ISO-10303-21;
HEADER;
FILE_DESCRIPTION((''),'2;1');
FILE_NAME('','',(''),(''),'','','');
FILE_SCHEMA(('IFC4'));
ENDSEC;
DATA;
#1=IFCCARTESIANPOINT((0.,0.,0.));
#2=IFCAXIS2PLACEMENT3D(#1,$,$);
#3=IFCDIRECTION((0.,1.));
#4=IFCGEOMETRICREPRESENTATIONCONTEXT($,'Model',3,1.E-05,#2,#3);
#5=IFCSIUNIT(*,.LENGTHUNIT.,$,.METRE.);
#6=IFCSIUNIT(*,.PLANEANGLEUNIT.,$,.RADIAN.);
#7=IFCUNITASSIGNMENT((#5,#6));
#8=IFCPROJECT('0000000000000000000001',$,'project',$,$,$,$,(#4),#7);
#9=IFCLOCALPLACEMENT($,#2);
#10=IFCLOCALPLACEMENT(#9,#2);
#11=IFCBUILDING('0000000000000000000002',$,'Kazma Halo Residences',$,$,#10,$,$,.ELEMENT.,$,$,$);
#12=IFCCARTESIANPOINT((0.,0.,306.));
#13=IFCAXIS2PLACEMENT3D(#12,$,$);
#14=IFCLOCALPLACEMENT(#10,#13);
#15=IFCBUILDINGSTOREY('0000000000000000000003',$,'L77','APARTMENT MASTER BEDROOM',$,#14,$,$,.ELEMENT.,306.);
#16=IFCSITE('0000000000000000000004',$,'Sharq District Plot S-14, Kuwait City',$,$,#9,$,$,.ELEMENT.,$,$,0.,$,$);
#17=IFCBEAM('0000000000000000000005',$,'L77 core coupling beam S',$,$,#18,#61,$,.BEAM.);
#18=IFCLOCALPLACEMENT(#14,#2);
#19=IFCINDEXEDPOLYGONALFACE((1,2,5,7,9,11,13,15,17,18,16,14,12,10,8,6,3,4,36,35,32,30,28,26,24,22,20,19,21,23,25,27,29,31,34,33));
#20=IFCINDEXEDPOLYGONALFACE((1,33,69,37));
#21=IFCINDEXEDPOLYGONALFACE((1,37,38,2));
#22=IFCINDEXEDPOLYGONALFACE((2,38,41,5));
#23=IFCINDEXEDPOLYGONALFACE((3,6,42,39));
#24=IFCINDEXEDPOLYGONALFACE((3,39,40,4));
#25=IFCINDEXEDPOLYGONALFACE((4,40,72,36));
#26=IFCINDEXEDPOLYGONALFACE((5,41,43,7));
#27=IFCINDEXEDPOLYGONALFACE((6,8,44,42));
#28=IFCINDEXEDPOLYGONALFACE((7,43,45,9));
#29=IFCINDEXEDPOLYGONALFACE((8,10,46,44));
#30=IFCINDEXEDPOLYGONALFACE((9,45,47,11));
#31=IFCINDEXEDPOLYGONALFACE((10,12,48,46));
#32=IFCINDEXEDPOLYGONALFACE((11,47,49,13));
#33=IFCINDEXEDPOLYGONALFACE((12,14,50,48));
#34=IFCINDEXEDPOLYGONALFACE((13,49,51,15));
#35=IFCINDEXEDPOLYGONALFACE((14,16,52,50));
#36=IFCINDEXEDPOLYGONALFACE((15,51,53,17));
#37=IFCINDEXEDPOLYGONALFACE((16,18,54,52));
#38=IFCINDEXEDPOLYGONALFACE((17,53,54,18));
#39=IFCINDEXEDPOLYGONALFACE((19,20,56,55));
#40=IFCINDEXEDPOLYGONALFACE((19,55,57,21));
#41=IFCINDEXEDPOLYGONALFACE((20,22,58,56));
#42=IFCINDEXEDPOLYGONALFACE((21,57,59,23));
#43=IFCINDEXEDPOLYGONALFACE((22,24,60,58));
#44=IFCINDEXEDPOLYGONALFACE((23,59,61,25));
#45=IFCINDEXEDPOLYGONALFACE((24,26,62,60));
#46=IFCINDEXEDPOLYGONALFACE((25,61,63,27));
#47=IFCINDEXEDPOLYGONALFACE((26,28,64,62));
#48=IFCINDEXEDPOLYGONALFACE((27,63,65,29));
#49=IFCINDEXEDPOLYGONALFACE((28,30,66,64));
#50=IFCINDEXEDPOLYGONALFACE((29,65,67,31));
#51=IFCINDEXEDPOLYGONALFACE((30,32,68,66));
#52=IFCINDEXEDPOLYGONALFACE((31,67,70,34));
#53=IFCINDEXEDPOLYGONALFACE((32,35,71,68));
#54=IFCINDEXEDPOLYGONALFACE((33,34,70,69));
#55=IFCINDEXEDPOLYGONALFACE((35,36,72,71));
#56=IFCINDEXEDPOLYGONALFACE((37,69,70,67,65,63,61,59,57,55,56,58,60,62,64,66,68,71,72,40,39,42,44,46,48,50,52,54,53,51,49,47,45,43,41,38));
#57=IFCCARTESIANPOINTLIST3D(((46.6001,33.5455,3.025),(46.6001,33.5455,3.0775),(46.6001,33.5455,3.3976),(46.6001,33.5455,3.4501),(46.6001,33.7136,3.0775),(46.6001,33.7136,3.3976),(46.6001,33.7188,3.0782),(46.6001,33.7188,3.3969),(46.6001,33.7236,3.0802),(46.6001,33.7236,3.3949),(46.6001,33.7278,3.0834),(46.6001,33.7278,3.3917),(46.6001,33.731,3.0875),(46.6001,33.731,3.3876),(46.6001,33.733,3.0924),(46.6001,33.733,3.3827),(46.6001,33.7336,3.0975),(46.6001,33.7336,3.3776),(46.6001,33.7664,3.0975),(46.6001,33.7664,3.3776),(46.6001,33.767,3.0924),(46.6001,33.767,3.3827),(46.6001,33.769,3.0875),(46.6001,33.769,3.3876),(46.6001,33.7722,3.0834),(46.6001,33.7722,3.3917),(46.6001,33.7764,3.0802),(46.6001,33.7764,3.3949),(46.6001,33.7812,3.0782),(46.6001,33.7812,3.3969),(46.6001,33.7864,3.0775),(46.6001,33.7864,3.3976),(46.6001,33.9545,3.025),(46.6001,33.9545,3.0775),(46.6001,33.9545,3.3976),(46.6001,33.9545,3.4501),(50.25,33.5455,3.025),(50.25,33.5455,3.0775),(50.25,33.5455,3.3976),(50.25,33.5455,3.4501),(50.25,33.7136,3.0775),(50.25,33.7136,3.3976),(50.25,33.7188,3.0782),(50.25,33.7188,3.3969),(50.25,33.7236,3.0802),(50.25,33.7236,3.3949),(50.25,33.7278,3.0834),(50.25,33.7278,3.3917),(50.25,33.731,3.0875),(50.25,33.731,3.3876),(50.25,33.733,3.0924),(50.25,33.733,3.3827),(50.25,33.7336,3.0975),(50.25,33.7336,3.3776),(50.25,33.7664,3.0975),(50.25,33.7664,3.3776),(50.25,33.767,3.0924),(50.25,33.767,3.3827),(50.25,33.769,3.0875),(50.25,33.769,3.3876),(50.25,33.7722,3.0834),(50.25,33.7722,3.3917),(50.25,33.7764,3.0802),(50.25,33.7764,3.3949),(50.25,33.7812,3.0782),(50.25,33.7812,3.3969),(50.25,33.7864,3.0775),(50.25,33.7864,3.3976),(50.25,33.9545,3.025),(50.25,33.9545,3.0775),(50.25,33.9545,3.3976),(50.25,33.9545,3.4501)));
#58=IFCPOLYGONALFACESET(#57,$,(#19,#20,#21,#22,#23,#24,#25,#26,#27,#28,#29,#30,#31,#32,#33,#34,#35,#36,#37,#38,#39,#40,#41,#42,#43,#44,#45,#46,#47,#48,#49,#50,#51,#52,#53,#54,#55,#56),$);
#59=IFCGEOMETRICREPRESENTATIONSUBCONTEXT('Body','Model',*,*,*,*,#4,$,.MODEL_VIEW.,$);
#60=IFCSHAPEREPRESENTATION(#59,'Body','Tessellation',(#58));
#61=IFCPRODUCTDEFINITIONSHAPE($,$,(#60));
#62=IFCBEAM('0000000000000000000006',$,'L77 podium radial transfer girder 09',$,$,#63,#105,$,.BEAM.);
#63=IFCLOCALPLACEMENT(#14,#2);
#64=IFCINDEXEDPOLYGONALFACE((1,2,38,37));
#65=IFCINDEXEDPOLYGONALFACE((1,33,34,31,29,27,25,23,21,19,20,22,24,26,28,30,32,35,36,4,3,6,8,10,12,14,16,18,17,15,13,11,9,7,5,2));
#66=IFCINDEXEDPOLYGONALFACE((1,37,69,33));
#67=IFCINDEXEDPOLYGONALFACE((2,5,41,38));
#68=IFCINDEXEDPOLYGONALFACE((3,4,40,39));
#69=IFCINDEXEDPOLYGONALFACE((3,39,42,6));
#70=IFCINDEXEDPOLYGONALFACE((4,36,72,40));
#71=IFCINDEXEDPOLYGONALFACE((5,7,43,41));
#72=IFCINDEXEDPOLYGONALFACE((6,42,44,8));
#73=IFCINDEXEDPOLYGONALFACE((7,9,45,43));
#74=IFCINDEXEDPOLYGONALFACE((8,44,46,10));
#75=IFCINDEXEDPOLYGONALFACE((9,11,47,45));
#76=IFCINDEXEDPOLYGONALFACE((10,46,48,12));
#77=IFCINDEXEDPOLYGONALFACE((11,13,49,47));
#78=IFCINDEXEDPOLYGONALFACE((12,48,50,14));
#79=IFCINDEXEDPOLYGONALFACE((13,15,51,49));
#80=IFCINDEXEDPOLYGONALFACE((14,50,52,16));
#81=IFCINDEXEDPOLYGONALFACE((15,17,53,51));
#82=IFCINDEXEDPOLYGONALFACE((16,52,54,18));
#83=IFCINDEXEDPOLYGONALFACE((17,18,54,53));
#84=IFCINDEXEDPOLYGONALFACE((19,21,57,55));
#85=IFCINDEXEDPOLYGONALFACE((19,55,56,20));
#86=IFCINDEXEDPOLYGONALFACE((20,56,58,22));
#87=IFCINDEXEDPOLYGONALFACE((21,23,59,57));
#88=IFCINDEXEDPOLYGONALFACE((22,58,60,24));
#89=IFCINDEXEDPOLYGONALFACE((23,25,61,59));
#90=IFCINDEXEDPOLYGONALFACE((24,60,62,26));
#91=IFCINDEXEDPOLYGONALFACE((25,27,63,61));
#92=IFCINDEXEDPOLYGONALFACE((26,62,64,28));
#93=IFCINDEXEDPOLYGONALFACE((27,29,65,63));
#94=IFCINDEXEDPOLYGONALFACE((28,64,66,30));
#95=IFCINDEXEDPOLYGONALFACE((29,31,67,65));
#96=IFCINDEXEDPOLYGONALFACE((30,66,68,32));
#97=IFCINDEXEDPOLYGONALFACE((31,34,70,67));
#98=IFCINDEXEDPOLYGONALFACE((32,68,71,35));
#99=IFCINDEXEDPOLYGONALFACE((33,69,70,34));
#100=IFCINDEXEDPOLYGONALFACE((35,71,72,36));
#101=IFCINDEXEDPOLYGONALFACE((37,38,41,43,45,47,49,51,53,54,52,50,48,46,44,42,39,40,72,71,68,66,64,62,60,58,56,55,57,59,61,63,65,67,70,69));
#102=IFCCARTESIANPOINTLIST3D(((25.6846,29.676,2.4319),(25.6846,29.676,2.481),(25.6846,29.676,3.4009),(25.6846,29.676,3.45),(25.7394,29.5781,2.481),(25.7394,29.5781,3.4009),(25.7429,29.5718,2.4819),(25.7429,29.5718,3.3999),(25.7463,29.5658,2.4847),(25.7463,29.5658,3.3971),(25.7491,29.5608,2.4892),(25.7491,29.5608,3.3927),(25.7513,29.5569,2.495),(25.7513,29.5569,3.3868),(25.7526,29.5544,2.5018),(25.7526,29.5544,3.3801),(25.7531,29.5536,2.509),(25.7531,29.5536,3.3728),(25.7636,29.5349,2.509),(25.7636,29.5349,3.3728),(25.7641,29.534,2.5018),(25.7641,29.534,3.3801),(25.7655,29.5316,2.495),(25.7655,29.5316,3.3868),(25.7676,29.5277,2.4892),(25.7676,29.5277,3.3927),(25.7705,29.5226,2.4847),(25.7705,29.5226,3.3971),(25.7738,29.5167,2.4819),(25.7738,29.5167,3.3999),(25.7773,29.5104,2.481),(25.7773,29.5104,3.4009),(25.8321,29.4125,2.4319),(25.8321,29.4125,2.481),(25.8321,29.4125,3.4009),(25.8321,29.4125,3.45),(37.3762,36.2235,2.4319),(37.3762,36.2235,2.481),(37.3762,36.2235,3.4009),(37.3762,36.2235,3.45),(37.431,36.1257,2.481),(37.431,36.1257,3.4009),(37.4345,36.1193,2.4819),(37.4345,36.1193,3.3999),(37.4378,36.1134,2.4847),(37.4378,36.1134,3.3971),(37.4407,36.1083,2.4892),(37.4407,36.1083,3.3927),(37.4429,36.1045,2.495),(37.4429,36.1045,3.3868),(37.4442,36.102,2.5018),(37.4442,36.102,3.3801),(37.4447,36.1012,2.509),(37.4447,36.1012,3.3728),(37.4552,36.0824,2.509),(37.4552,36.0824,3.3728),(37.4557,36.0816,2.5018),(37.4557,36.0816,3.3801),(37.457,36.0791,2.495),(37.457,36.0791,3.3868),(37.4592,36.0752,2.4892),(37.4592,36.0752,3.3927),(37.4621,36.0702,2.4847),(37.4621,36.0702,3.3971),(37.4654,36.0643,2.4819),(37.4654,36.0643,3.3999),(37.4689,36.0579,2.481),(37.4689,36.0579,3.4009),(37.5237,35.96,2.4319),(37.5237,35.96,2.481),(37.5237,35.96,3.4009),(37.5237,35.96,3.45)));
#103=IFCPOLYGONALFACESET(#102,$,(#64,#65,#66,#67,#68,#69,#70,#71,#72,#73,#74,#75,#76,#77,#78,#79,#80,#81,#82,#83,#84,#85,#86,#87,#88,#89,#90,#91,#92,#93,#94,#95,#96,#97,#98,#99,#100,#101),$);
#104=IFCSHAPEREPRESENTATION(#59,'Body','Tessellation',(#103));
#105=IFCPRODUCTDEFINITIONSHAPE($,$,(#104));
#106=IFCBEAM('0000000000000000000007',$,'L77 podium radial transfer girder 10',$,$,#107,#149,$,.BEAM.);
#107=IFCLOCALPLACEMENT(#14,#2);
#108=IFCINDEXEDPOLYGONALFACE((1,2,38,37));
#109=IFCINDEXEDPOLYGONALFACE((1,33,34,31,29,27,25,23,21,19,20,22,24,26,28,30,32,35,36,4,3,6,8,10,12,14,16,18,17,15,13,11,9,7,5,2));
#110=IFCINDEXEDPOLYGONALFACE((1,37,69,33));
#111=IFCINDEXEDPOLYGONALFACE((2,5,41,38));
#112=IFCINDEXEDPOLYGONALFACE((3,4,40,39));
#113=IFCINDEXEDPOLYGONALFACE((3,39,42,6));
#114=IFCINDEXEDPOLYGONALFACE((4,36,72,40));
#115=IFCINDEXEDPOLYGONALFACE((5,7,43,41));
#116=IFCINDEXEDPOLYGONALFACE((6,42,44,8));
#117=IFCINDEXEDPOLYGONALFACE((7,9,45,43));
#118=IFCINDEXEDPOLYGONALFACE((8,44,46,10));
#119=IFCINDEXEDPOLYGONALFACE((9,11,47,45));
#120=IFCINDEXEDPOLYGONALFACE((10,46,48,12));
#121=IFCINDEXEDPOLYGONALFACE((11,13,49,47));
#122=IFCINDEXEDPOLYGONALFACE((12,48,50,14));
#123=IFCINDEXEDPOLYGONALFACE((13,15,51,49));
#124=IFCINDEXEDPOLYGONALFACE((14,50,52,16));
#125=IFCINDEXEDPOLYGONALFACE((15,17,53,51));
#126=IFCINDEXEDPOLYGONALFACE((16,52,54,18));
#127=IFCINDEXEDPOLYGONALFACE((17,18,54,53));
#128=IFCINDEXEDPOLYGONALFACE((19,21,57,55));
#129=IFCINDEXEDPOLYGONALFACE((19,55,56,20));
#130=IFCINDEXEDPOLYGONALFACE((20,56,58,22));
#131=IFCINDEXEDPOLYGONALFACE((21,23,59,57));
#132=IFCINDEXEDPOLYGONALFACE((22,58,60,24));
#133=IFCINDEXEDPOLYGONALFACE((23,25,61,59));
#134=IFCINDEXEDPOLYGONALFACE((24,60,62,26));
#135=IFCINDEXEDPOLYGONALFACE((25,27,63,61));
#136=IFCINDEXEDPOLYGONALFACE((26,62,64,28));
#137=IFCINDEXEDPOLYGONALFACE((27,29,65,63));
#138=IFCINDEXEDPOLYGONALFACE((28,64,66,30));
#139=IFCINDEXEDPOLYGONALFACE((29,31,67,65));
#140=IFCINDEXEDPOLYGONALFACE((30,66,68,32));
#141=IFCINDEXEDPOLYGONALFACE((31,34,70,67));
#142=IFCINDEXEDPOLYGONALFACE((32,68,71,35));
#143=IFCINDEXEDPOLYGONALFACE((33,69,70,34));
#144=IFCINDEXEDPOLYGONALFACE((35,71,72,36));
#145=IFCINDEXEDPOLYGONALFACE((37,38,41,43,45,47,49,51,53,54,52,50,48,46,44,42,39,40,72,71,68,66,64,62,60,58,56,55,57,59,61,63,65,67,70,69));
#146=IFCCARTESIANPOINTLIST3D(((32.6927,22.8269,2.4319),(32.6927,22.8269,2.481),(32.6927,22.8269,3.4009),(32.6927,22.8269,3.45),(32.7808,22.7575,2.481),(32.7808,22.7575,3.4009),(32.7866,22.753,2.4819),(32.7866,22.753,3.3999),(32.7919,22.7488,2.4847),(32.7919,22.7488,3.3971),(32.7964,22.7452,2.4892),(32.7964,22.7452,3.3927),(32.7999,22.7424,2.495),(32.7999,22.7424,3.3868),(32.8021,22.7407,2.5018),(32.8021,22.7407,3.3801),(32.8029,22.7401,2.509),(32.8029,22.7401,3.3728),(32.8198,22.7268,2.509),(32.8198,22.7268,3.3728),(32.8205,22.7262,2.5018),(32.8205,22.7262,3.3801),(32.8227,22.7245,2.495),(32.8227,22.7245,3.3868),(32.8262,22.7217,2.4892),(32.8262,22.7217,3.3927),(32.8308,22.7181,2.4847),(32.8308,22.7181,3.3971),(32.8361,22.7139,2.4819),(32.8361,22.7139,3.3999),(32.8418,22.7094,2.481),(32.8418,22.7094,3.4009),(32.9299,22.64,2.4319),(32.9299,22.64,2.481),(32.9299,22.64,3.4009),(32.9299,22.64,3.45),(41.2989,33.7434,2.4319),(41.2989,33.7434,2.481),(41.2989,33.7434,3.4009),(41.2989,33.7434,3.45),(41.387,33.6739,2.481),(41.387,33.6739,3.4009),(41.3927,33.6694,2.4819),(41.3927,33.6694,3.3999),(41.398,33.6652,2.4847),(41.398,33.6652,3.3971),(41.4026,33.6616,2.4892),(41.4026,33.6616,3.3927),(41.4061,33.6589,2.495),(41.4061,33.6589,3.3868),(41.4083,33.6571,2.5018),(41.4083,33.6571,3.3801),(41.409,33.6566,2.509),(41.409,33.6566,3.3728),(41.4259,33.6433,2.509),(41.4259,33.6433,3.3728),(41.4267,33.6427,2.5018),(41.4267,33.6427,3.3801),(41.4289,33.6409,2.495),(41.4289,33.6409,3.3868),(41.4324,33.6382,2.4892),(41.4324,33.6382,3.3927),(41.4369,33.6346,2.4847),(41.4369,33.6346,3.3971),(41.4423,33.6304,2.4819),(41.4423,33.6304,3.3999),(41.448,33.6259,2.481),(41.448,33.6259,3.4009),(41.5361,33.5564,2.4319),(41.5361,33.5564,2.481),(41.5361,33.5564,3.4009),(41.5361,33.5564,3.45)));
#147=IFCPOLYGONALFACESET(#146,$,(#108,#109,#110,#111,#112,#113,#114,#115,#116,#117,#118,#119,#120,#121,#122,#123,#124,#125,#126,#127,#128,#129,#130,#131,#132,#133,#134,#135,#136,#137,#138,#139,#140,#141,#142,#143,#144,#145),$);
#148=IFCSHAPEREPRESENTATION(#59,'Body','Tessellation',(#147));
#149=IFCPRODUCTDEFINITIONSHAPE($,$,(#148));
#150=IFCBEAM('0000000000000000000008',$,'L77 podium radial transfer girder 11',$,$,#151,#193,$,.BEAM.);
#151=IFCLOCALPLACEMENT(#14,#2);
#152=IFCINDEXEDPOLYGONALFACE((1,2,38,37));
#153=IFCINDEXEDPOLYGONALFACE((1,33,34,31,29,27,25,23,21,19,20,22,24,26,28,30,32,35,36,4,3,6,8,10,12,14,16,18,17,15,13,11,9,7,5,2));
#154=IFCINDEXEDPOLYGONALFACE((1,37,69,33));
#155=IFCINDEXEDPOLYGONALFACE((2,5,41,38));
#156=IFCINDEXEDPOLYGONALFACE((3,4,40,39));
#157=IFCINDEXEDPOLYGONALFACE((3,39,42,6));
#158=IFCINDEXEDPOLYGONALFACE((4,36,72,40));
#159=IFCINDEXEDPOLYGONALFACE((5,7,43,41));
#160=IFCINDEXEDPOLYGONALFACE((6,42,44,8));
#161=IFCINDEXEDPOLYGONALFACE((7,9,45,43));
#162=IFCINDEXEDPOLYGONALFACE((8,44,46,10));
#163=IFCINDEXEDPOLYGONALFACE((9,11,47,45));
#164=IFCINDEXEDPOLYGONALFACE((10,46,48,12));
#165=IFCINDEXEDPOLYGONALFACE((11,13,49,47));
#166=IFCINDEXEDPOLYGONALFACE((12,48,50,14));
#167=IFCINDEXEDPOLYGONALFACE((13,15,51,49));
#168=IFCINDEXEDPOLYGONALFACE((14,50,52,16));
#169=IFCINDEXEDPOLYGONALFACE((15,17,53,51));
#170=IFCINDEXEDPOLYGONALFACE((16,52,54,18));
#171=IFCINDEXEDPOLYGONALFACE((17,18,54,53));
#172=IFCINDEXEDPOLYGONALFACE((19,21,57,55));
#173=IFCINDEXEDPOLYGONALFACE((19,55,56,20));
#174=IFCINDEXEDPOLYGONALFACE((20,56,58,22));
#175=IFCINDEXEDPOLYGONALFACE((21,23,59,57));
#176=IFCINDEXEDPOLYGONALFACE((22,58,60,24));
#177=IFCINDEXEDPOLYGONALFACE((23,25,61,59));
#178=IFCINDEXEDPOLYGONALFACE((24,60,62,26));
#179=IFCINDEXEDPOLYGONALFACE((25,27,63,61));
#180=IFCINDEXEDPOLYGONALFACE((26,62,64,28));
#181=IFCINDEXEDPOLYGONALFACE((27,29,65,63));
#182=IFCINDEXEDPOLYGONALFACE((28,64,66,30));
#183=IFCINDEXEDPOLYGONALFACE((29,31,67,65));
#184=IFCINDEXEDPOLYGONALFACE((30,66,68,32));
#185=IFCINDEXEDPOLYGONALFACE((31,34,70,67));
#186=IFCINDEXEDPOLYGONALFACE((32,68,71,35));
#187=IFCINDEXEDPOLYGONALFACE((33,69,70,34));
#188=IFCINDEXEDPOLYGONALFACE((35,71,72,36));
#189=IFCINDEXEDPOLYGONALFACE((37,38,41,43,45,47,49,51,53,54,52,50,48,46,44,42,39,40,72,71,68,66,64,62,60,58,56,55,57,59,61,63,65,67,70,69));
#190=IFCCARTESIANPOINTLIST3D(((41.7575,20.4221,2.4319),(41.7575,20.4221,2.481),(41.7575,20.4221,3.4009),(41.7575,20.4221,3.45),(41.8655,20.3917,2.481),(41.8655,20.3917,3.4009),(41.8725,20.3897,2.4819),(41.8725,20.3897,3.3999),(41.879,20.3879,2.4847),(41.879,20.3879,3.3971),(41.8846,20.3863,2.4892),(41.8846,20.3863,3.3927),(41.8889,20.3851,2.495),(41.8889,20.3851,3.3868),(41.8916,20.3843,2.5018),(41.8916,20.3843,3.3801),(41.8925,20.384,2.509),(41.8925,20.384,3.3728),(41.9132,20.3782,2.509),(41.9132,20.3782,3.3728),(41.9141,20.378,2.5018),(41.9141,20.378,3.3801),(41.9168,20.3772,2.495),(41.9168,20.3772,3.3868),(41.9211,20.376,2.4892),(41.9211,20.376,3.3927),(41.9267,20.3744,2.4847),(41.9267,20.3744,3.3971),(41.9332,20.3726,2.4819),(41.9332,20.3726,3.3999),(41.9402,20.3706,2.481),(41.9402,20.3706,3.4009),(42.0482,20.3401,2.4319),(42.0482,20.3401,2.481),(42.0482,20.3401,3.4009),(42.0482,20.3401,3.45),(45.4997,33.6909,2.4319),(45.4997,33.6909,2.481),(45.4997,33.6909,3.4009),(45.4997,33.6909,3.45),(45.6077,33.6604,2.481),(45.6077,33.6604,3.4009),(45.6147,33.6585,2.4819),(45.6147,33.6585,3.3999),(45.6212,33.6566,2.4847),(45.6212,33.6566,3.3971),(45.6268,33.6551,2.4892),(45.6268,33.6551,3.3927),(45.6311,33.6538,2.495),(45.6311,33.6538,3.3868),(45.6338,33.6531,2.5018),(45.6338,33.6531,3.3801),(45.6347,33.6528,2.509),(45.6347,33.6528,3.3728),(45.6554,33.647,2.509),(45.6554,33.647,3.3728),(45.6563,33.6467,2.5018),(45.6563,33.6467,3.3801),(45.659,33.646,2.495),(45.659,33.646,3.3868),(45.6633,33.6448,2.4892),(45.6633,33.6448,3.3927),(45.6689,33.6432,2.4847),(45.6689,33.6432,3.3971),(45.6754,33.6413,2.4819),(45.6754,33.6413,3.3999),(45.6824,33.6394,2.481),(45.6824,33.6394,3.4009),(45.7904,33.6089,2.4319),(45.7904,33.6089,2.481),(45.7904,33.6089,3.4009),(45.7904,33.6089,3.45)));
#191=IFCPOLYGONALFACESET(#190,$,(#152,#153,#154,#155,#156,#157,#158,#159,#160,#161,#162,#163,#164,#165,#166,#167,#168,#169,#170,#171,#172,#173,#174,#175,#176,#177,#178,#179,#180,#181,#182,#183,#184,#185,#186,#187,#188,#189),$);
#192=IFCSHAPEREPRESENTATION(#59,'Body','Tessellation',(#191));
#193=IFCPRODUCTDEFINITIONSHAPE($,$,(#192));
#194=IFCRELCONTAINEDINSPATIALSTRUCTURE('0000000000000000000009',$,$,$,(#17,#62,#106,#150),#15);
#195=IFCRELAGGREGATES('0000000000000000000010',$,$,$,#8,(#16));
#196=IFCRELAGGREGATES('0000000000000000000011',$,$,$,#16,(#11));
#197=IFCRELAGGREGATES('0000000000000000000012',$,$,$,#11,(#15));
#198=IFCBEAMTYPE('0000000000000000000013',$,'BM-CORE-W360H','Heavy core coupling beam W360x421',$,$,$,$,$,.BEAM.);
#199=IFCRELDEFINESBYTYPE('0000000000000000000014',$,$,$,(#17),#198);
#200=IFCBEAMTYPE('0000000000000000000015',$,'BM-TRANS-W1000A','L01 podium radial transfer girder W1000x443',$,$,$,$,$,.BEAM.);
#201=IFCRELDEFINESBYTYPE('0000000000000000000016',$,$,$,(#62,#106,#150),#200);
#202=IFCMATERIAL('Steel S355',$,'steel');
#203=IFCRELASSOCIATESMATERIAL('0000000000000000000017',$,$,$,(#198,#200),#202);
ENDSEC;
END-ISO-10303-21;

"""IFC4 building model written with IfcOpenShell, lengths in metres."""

from ifc_helpers import new_model, si_unit, direction, frame, origin, origin_2d, place, context, subcontext, project, spatial, i_section, extrude, material, material_profile, profile_set, type_object, element, save


model = new_model("IFC4")

# Units and contexts
model_context = context("Model", 3, precision=1e-05, world=origin(), true_north=direction((0.0, 1.0)))
body_context = subcontext(model_context, "Body", "Model", "MODEL_VIEW")
ifc_project = project(units=[si_unit("LENGTHUNIT", "METRE"), si_unit("PLANEANGLEUNIT", "RADIAN")], contexts=[model_context])

# Site, building, storey
site_placement = place(None, origin())
site = spatial("IfcSite", under=ifc_project, at=site_placement, Name="Sharq District Plot S-14, Kuwait City", CompositionType="ELEMENT", RefElevation=0.0)
building_placement = place(site_placement, origin())
building = spatial("IfcBuilding", under=site, at=building_placement, Name="Kazma Halo Residences", CompositionType="ELEMENT")
storey_placement = place(building_placement, frame((0.0, 0.0, 306.0)))
storey = spatial("IfcBuildingStorey", under=building, at=storey_placement, Name="L77", Description="APARTMENT MASTER BEDROOM", CompositionType="ELEMENT", Elevation=306.0)

# Beams
ifc_material_1 = material(Name="Steel S355", Category="steel")
ifc_material_profile_1 = material_profile(ifc_material_1, i_section(OverallWidth=0.4089, OverallDepth=0.425, WebThickness=0.0327, FlangeThickness=0.0525, FilletRadius=0.02, at=origin_2d()), Name="W360x421")
ifc_profile_set_1 = profile_set([ifc_material_profile_1], Name="Steel S355")
beam_type_1 = type_object("IfcBeamType", Name="BM-CORE-W360H", Description="Heavy core coupling beam W360x421", PredefinedType="BEAM", material=ifc_profile_set_1)
beam_1_placement = place(storey_placement, frame((46.6001, 33.75, 3.2375), z_axis=(1.0, 0.0, 0.0), x_axis=(0.0, 1.0, 0.0)))
element("IfcBeam", 1, at=beam_1_placement, inside=storey, type_object=beam_type_1, Name="L77 core coupling beam S", PredefinedType="BEAM", context=body_context, shape_type="SweptSolid", body=[
    extrude(i_section(OverallWidth=0.4089, OverallDepth=0.425, WebThickness=0.0327, FlangeThickness=0.0525, FilletRadius=0.02, at=origin_2d()), origin(), (0.0, 0.0, 1.0), 3.6499),
])
ifc_material_profile_2 = material_profile(ifc_material_1, i_section(OverallWidth=0.302, OverallDepth=1.0181, WebThickness=0.0215, FlangeThickness=0.0491, FilletRadius=0.0281, at=origin_2d()), Name="W1000x443")
ifc_profile_set_2 = profile_set([ifc_material_profile_2], Name="Steel S355")
beam_type_2 = type_object("IfcBeamType", Name="BM-TRANS-W1000A", Description="L01 podium radial transfer girder W1000x443", PredefinedType="BEAM", material=ifc_profile_set_2)
beam_2_placement = place(storey_placement, frame((37.45, 36.0918, 2.9409), z_axis=(-0.872497, -0.488619, 0.0), x_axis=(0.488619, -0.872497, 0.0)))
element("IfcBeam", 2, at=beam_2_placement, inside=storey, type_object=beam_type_2, Name="L77 podium radial transfer girder 09", PredefinedType="BEAM", context=body_context, shape_type="SweptSolid", body=[
    extrude(i_section(OverallWidth=0.302, OverallDepth=1.0181, WebThickness=0.0215, FlangeThickness=0.0491, FilletRadius=0.0281, at=origin_2d()), origin(), (0.0, 0.0, 1.0), 13.4001),
])
beam_3_placement = place(storey_placement, frame((41.4175, 33.6499, 2.9409), z_axis=(-0.619108, -0.785306, 0.0), x_axis=(0.785306, -0.619108, 0.0)))
element("IfcBeam", 3, at=beam_3_placement, inside=storey, type_object=beam_type_2, Name="L77 podium radial transfer girder 10", PredefinedType="BEAM", context=body_context, shape_type="SweptSolid", body=[
    extrude(i_section(OverallWidth=0.302, OverallDepth=1.0181, WebThickness=0.0215, FlangeThickness=0.0491, FilletRadius=0.0281, at=origin_2d()), origin(), (0.0, 0.0, 1.0), 13.9009),
])
beam_4_placement = place(storey_placement, frame((45.645, 33.6499, 2.9409), z_axis=(-0.27144, -0.962455, 0.0), x_axis=(0.962455, -0.27144, 0.0)))
element("IfcBeam", 4, at=beam_4_placement, inside=storey, type_object=beam_type_2, Name="L77 podium radial transfer girder 11", PredefinedType="BEAM", context=body_context, shape_type="SweptSolid", body=[
    extrude(i_section(OverallWidth=0.302, OverallDepth=1.0181, WebThickness=0.0215, FlangeThickness=0.0491, FilletRadius=0.0281, at=origin_2d()), origin(), (0.0, 0.0, 1.0), 13.7864),
])

save(model, "model.ifc")
